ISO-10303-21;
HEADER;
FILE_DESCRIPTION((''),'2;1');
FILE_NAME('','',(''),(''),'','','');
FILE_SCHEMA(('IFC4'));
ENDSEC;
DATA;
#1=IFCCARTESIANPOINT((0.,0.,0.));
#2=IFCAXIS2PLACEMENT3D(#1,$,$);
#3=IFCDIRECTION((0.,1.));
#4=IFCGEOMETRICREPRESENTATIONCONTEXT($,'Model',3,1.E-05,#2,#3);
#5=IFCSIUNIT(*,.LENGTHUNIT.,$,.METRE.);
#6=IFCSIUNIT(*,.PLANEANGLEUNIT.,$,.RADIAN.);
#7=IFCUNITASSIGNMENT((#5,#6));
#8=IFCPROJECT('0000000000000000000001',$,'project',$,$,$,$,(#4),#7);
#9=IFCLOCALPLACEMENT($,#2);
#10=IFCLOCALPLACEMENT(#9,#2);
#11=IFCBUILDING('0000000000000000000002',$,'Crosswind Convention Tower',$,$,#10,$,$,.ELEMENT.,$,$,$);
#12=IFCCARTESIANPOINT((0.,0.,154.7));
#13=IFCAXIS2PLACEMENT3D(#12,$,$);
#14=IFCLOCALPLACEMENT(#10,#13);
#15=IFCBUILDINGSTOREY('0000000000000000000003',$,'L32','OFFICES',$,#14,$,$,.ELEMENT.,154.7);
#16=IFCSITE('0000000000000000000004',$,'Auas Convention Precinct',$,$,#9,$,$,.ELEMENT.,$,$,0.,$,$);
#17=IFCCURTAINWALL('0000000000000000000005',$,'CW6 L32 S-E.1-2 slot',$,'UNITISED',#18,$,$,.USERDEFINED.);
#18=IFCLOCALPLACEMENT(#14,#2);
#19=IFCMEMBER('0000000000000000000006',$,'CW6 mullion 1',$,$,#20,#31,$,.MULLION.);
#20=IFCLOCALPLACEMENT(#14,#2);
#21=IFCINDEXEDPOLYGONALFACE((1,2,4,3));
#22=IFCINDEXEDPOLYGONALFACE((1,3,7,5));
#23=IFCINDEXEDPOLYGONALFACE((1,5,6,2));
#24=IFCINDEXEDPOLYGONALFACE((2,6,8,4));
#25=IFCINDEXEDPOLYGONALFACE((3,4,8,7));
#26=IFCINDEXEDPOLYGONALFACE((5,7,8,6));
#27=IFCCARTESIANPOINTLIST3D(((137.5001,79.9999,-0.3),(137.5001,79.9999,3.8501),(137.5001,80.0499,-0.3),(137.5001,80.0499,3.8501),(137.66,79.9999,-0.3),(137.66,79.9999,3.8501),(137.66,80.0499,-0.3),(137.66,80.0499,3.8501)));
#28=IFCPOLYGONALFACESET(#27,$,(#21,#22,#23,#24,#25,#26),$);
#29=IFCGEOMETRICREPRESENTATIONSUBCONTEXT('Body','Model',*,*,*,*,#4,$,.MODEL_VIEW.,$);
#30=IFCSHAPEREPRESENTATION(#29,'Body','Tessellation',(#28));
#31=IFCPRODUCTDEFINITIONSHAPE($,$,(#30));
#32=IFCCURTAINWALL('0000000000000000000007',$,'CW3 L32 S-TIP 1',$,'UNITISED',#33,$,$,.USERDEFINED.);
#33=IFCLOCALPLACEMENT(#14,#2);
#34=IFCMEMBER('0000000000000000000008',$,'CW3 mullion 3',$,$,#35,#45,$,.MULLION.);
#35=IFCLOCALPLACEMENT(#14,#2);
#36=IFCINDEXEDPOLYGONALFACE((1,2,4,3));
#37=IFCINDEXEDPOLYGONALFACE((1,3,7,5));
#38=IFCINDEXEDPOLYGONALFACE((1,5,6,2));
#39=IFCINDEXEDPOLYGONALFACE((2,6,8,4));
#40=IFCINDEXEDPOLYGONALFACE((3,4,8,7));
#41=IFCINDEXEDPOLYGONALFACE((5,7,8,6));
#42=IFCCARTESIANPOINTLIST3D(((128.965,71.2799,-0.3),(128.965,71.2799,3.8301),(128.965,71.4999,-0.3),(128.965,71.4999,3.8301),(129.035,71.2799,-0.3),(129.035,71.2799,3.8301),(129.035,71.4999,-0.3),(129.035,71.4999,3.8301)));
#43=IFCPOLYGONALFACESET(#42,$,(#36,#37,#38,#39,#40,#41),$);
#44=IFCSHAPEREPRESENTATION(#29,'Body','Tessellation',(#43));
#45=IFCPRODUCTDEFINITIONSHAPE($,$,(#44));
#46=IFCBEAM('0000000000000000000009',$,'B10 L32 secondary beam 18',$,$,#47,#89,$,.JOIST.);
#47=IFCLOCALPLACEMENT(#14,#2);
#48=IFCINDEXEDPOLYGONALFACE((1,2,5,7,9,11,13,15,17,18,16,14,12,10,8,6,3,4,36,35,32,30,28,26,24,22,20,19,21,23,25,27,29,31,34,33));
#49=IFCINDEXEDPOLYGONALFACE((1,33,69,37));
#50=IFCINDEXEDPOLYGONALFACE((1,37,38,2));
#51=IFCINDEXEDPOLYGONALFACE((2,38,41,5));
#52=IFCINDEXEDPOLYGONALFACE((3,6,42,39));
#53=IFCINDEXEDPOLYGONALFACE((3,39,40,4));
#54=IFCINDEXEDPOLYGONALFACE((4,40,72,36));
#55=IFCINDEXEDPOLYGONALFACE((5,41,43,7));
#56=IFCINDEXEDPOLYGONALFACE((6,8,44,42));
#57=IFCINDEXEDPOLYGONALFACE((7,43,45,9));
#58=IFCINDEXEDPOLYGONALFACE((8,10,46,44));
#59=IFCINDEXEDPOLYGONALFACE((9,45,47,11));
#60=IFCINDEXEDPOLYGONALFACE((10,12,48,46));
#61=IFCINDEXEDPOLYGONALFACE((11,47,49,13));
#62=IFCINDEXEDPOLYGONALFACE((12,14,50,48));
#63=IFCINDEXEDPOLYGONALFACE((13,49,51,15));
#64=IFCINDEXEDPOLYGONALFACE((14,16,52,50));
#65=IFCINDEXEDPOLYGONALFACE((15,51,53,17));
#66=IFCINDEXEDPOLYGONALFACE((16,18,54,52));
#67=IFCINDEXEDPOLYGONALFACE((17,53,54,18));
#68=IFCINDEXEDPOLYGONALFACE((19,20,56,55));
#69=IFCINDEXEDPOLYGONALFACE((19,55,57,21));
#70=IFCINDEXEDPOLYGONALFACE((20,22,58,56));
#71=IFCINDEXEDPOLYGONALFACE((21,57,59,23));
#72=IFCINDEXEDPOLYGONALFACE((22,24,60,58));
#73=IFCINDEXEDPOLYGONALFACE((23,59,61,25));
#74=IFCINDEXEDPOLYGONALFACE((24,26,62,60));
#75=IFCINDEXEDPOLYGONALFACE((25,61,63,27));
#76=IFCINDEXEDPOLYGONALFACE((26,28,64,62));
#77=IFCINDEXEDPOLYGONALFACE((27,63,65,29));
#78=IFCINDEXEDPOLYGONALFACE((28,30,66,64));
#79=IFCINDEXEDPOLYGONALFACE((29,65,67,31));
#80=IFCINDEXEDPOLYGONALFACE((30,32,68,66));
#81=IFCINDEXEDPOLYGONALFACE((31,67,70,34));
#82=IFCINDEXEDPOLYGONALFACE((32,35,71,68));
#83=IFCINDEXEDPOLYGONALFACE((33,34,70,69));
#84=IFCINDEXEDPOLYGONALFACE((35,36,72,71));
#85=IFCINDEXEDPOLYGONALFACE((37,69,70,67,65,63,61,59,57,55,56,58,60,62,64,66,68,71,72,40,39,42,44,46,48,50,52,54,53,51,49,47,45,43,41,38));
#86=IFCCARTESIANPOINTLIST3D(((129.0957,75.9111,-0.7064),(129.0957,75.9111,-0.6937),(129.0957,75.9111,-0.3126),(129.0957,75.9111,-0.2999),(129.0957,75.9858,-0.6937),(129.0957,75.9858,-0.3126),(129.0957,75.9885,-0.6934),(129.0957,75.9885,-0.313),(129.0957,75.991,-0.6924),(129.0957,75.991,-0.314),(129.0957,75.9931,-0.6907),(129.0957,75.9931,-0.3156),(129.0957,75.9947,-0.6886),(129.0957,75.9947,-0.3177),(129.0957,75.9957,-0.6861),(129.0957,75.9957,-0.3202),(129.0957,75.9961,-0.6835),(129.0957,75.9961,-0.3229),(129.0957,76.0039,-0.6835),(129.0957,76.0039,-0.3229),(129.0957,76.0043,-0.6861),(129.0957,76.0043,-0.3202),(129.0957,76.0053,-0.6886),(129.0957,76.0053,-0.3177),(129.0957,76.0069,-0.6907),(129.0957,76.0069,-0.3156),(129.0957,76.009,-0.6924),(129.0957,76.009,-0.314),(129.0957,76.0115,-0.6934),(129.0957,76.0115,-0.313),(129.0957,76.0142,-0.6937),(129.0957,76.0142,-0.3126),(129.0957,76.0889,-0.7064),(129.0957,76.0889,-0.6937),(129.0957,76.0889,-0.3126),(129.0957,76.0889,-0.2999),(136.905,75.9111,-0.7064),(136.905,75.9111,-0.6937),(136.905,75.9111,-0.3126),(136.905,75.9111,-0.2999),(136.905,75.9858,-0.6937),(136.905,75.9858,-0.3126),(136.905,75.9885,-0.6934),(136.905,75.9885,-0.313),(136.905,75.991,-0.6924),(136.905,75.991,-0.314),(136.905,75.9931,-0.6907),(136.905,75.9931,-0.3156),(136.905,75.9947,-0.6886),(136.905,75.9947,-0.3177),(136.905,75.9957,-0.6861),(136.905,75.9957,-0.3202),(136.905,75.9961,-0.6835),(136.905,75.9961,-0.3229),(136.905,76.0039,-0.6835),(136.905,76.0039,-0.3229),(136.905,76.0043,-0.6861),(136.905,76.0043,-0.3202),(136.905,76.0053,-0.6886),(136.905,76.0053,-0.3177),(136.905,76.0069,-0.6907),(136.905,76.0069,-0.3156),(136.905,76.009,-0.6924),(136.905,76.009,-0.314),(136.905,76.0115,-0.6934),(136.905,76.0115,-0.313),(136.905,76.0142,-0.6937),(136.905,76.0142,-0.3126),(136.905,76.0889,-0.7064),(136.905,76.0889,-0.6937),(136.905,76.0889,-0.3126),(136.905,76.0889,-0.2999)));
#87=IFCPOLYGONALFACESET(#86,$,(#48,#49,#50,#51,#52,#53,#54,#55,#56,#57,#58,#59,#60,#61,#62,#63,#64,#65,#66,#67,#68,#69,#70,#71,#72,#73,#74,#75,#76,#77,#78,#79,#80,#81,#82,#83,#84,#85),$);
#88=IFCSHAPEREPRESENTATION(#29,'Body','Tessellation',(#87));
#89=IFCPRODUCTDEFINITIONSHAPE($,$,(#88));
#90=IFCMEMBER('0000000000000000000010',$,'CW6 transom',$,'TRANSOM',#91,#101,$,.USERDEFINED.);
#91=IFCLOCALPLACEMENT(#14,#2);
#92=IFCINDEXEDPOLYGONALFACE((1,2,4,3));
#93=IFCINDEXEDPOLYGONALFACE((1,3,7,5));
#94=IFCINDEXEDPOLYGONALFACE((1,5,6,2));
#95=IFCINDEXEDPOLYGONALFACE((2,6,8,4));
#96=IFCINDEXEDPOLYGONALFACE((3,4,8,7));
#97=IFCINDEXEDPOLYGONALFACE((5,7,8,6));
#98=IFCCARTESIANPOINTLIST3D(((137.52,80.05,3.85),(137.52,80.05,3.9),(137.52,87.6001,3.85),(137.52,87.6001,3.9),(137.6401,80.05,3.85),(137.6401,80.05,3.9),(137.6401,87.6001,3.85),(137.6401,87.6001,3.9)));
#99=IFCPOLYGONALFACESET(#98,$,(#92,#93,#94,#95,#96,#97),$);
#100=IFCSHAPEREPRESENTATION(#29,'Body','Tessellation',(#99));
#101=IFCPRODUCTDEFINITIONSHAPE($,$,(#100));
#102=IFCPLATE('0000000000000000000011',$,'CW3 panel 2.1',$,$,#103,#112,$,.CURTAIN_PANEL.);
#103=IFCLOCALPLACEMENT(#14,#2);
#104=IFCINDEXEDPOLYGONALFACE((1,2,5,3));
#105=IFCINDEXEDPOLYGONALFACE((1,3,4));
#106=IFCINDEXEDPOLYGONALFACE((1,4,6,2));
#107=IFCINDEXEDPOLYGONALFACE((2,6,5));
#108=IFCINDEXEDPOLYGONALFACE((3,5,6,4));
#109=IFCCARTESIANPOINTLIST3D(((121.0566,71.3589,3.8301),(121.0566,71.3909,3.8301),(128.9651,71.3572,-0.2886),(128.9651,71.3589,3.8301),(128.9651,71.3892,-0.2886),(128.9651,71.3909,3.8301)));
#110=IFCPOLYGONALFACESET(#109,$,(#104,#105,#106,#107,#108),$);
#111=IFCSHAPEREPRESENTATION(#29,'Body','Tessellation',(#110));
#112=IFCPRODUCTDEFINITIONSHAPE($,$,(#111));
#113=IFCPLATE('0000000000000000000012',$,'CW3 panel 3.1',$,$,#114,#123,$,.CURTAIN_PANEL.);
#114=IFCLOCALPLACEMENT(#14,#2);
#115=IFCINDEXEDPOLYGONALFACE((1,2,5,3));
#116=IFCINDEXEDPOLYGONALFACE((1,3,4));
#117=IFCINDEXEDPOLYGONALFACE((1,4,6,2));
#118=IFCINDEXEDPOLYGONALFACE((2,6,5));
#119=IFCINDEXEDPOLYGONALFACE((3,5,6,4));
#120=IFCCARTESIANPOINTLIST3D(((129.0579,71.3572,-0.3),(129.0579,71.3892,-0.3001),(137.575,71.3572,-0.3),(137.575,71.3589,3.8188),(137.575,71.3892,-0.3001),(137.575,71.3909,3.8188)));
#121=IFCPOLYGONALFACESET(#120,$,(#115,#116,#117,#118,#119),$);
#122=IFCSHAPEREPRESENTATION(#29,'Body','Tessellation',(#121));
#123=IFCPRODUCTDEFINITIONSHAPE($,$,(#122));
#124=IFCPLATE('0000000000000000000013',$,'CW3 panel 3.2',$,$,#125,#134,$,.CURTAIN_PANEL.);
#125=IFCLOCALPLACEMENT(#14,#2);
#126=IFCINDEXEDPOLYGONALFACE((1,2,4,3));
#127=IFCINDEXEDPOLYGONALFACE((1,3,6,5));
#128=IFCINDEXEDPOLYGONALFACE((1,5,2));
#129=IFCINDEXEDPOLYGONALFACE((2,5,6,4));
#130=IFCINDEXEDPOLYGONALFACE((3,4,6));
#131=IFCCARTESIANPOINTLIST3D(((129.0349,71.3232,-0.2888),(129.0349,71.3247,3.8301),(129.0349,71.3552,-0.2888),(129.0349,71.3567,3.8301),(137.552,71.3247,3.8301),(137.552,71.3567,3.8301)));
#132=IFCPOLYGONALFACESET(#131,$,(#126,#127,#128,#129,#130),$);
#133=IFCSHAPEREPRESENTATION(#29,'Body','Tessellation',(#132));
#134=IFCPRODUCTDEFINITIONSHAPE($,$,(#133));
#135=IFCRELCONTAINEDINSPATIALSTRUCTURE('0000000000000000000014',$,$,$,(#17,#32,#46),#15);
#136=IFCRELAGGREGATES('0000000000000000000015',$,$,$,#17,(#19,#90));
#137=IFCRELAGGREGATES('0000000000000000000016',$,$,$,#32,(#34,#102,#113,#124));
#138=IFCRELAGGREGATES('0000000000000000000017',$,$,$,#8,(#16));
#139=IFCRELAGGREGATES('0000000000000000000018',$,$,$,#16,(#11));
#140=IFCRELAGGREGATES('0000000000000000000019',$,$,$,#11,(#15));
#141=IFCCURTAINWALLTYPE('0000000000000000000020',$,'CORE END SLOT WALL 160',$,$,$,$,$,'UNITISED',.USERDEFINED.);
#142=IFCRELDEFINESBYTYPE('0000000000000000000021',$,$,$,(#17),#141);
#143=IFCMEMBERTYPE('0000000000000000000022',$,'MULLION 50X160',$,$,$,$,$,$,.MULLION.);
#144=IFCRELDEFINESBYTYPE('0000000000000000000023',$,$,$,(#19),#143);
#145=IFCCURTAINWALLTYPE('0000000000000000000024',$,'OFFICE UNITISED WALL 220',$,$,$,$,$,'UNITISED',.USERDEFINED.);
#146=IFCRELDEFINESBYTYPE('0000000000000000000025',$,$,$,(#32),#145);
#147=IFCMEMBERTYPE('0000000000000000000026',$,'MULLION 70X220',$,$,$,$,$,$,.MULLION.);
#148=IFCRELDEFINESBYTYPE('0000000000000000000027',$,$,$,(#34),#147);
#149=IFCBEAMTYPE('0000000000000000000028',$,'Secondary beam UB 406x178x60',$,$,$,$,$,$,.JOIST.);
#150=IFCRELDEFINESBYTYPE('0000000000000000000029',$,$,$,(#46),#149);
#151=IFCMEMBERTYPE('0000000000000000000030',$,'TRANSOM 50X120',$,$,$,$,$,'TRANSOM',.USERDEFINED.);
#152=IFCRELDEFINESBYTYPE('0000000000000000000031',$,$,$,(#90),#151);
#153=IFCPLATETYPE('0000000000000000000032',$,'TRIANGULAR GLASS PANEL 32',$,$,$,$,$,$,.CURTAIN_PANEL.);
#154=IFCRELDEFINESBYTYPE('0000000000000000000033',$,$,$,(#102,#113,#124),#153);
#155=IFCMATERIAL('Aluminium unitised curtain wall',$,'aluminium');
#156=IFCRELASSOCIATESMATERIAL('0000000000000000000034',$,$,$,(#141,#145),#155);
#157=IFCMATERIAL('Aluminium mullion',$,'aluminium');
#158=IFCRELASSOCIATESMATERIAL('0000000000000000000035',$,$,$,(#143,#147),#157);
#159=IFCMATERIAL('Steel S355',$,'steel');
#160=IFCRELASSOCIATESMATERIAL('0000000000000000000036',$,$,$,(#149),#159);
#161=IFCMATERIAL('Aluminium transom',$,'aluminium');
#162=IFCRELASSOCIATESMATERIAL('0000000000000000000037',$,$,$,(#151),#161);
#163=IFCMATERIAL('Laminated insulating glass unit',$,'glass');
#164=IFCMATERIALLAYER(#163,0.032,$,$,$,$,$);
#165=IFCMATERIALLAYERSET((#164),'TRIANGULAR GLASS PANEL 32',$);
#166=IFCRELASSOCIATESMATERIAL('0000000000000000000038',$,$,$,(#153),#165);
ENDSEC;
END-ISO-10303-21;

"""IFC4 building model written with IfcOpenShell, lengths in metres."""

from ifc_helpers import new_model, si_unit, direction, frame, origin, origin_2d, place, context, subcontext, project, spatial, polyline, rectangle, i_section, outline, extrude, material, layer, layer_set, material_profile, profile_set, type_object, element, aggregate, save


model = new_model("IFC4")

# Units and contexts
model_context = context("Model", 3, precision=1e-05, world=origin(), true_north=direction((0.0, 1.0)))
body_context = subcontext(model_context, "Body", "Model", "MODEL_VIEW")
ifc_project = project(units=[si_unit("LENGTHUNIT", "METRE"), si_unit("PLANEANGLEUNIT", "RADIAN")], contexts=[model_context])

# Site, building, storey
site_placement = place(None, origin())
site = spatial("IfcSite", under=ifc_project, at=site_placement, Name="Auas Convention Precinct", CompositionType="ELEMENT", RefElevation=0.0)
building_placement = place(site_placement, origin())
building = spatial("IfcBuilding", under=site, at=building_placement, Name="Crosswind Convention Tower", CompositionType="ELEMENT")
storey_placement = place(building_placement, frame((0.0, 0.0, 154.7)))
storey = spatial("IfcBuildingStorey", under=building, at=storey_placement, Name="L32", Description="OFFICES", CompositionType="ELEMENT", Elevation=154.7)

# Shared definitions
ifc_material_1 = material(Name="Steel S355", Category="steel")

# Curtain walls, members
ifc_material_2 = material(Name="Aluminium unitised curtain wall", Category="aluminium")
curtain_wall_type_1 = type_object("IfcCurtainWallType", Name="CORE END SLOT WALL 160", ElementType="UNITISED", PredefinedType="USERDEFINED", material=ifc_material_2)
curtain_wall_1_placement = place(storey_placement, origin())
curtain_wall_1 = element("IfcCurtainWall", 1, at=curtain_wall_1_placement, inside=storey, type_object=curtain_wall_type_1, Name="CW6 L32 S-E.1-2 slot", ObjectType="UNITISED", PredefinedType="USERDEFINED")
ifc_material_3 = material(Name="Aluminium mullion", Category="aluminium")
ifc_material_profile_1 = material_profile(ifc_material_3, rectangle(XDim=0.1599, YDim=0.05, at=origin_2d()), Name="AL 160X50")
ifc_profile_set_1 = profile_set([ifc_material_profile_1], Name="Aluminium mullion")
member_type_1 = type_object("IfcMemberType", Name="MULLION 50X160", PredefinedType="MULLION", material=ifc_profile_set_1)
member_1_placement = place(storey_placement, frame((137.5801, 80.0249, -0.3), z_axis=(0.0, 0.0, 1.0), x_axis=(1.0, 0.0, 0.0)))
member_1 = element("IfcMember", 2, at=member_1_placement, type_object=member_type_1, Name="CW6 mullion 1", PredefinedType="MULLION", context=body_context, shape_type="SweptSolid", body=[
    extrude(rectangle(XDim=0.1599, YDim=0.05, at=origin_2d()), origin(), (0.0, 0.0, 1.0), 4.1501),
])
curtain_wall_type_2 = type_object("IfcCurtainWallType", Name="OFFICE UNITISED WALL 220", ElementType="UNITISED", PredefinedType="USERDEFINED", material=ifc_material_2)
curtain_wall_2_placement = place(storey_placement, origin())
curtain_wall_2 = element("IfcCurtainWall", 3, at=curtain_wall_2_placement, inside=storey, type_object=curtain_wall_type_2, Name="CW3 L32 S-TIP 1", ObjectType="UNITISED", PredefinedType="USERDEFINED")
ifc_material_profile_2 = material_profile(ifc_material_3, rectangle(XDim=0.22, YDim=0.0701, at=origin_2d()), Name="AL 220X70")
ifc_profile_set_2 = profile_set([ifc_material_profile_2], Name="Aluminium mullion")
member_type_2 = type_object("IfcMemberType", Name="MULLION 70X220", PredefinedType="MULLION", material=ifc_profile_set_2)
member_2_placement = place(storey_placement, frame((129.0, 71.3899, -0.3), z_axis=(0.0, 0.0, 1.0), x_axis=(0.0, -1.0, 0.0)))
member_2 = element("IfcMember", 4, at=member_2_placement, type_object=member_type_2, Name="CW3 mullion 3", PredefinedType="MULLION", context=body_context, shape_type="SweptSolid", body=[
    extrude(rectangle(XDim=0.22, YDim=0.0701, at=origin_2d()), origin(), (0.0, 0.0, 1.0), 4.1301),
])

# Beam
ifc_material_profile_3 = material_profile(ifc_material_1, i_section(OverallWidth=0.1777, OverallDepth=0.4065, WebThickness=0.0078, FlangeThickness=0.0127, FilletRadius=0.0103, at=origin_2d()), Name="UB 406x178x60")
ifc_profile_set_3 = profile_set([ifc_material_profile_3], Name="Steel S355")
beam_type_1 = type_object("IfcBeamType", Name="Secondary beam UB 406x178x60", PredefinedType="JOIST", material=ifc_profile_set_3)
beam_1_placement = place(storey_placement, frame((129.0957, 76.0, -0.5032), z_axis=(1.0, 0.0, 0.0), x_axis=(0.0, 1.0, 0.0)))
element("IfcBeam", 5, at=beam_1_placement, inside=storey, type_object=beam_type_1, Name="B10 L32 secondary beam 18", PredefinedType="JOIST", context=body_context, shape_type="SweptSolid", body=[
    extrude(i_section(OverallWidth=0.1777, OverallDepth=0.4065, WebThickness=0.0078, FlangeThickness=0.0127, FilletRadius=0.0103, at=origin_2d()), origin(), (0.0, 0.0, 1.0), 7.8093),
])

# Member
ifc_material_4 = material(Name="Aluminium transom", Category="aluminium")
ifc_material_profile_4 = material_profile(ifc_material_4, rectangle(XDim=0.1201, YDim=0.05, at=origin_2d()), Name="AL 120X50")
ifc_profile_set_4 = profile_set([ifc_material_profile_4], Name="Aluminium transom")
member_type_3 = type_object("IfcMemberType", Name="TRANSOM 50X120", ElementType="TRANSOM", PredefinedType="USERDEFINED", material=ifc_profile_set_4)
member_3_placement = place(storey_placement, frame((137.5801, 80.05, 3.875), z_axis=(0.0, 1.0, 0.0), x_axis=(-1.0, 0.0, 0.0)))
member_3 = element("IfcMember", 6, at=member_3_placement, type_object=member_type_3, Name="CW6 transom", ObjectType="TRANSOM", PredefinedType="USERDEFINED", context=body_context, shape_type="SweptSolid", body=[
    extrude(rectangle(XDim=0.1201, YDim=0.05, at=origin_2d()), origin(), (0.0, 0.0, 1.0), 7.55),
])
aggregate(curtain_wall_1, [member_1, member_3])

# Plates
ifc_material_5 = material(Name="Laminated insulating glass unit", Category="glass")
ifc_layer_1 = layer(ifc_material_5, 0.032)
ifc_layer_set_1 = layer_set([ifc_layer_1], Name="TRIANGULAR GLASS PANEL 32")
plate_type = type_object("IfcPlateType", Name="TRIANGULAR GLASS PANEL 32", PredefinedType="CURTAIN_PANEL", material=ifc_layer_set_1)
plate_1_placement = place(storey_placement, frame((128.9651, 71.3589, 3.8301), z_axis=(0.0, -1.0, 0.000415), x_axis=(-1.0, 0.0, 0.0)))
plate_1 = element("IfcPlate", 7, at=plate_1_placement, type_object=plate_type, Name="CW3 panel 2.1", PredefinedType="CURTAIN_PANEL", context=body_context, shape_type="SweptSolid", body=[
    extrude(outline(polyline([(0.0, 0.0), (7.9084, 0.0), (0.0, 4.1187), (0.0, 0.0)])), origin(), (0.0, 0.0, -1.0), 0.032),
])
plate_2_placement = place(storey_placement, frame((137.575, 71.3572, -0.3), z_axis=(0.0, -1.0, 0.000415), x_axis=(0.0, 0.000415, 1.0)))
plate_2 = element("IfcPlate", 8, at=plate_2_placement, type_object=plate_type, Name="CW3 panel 3.1", PredefinedType="CURTAIN_PANEL", context=body_context, shape_type="SweptSolid", body=[
    extrude(outline(polyline([(0.0, 0.0), (4.1189, 0.0), (0.0, 8.5171), (0.0, 0.0)])), origin(), (0.0, 0.0, -1.0), 0.032),
])
plate_3_placement = place(storey_placement, frame((129.0349, 71.3247, 3.8301), z_axis=(0.0, -1.0, 0.000356), x_axis=(0.0, -0.000356, -1.0)))
plate_3 = element("IfcPlate", 9, at=plate_3_placement, type_object=plate_type, Name="CW3 panel 3.2", PredefinedType="CURTAIN_PANEL", context=body_context, shape_type="SweptSolid", body=[
    extrude(outline(polyline([(0.0, 0.0), (4.1189, 0.0), (0.0, 8.5171), (0.0, 0.0)])), origin(), (0.0, 0.0, -1.0), 0.032),
])
aggregate(curtain_wall_2, [member_2, plate_1, plate_2, plate_3])

save(model, "model.ifc")
